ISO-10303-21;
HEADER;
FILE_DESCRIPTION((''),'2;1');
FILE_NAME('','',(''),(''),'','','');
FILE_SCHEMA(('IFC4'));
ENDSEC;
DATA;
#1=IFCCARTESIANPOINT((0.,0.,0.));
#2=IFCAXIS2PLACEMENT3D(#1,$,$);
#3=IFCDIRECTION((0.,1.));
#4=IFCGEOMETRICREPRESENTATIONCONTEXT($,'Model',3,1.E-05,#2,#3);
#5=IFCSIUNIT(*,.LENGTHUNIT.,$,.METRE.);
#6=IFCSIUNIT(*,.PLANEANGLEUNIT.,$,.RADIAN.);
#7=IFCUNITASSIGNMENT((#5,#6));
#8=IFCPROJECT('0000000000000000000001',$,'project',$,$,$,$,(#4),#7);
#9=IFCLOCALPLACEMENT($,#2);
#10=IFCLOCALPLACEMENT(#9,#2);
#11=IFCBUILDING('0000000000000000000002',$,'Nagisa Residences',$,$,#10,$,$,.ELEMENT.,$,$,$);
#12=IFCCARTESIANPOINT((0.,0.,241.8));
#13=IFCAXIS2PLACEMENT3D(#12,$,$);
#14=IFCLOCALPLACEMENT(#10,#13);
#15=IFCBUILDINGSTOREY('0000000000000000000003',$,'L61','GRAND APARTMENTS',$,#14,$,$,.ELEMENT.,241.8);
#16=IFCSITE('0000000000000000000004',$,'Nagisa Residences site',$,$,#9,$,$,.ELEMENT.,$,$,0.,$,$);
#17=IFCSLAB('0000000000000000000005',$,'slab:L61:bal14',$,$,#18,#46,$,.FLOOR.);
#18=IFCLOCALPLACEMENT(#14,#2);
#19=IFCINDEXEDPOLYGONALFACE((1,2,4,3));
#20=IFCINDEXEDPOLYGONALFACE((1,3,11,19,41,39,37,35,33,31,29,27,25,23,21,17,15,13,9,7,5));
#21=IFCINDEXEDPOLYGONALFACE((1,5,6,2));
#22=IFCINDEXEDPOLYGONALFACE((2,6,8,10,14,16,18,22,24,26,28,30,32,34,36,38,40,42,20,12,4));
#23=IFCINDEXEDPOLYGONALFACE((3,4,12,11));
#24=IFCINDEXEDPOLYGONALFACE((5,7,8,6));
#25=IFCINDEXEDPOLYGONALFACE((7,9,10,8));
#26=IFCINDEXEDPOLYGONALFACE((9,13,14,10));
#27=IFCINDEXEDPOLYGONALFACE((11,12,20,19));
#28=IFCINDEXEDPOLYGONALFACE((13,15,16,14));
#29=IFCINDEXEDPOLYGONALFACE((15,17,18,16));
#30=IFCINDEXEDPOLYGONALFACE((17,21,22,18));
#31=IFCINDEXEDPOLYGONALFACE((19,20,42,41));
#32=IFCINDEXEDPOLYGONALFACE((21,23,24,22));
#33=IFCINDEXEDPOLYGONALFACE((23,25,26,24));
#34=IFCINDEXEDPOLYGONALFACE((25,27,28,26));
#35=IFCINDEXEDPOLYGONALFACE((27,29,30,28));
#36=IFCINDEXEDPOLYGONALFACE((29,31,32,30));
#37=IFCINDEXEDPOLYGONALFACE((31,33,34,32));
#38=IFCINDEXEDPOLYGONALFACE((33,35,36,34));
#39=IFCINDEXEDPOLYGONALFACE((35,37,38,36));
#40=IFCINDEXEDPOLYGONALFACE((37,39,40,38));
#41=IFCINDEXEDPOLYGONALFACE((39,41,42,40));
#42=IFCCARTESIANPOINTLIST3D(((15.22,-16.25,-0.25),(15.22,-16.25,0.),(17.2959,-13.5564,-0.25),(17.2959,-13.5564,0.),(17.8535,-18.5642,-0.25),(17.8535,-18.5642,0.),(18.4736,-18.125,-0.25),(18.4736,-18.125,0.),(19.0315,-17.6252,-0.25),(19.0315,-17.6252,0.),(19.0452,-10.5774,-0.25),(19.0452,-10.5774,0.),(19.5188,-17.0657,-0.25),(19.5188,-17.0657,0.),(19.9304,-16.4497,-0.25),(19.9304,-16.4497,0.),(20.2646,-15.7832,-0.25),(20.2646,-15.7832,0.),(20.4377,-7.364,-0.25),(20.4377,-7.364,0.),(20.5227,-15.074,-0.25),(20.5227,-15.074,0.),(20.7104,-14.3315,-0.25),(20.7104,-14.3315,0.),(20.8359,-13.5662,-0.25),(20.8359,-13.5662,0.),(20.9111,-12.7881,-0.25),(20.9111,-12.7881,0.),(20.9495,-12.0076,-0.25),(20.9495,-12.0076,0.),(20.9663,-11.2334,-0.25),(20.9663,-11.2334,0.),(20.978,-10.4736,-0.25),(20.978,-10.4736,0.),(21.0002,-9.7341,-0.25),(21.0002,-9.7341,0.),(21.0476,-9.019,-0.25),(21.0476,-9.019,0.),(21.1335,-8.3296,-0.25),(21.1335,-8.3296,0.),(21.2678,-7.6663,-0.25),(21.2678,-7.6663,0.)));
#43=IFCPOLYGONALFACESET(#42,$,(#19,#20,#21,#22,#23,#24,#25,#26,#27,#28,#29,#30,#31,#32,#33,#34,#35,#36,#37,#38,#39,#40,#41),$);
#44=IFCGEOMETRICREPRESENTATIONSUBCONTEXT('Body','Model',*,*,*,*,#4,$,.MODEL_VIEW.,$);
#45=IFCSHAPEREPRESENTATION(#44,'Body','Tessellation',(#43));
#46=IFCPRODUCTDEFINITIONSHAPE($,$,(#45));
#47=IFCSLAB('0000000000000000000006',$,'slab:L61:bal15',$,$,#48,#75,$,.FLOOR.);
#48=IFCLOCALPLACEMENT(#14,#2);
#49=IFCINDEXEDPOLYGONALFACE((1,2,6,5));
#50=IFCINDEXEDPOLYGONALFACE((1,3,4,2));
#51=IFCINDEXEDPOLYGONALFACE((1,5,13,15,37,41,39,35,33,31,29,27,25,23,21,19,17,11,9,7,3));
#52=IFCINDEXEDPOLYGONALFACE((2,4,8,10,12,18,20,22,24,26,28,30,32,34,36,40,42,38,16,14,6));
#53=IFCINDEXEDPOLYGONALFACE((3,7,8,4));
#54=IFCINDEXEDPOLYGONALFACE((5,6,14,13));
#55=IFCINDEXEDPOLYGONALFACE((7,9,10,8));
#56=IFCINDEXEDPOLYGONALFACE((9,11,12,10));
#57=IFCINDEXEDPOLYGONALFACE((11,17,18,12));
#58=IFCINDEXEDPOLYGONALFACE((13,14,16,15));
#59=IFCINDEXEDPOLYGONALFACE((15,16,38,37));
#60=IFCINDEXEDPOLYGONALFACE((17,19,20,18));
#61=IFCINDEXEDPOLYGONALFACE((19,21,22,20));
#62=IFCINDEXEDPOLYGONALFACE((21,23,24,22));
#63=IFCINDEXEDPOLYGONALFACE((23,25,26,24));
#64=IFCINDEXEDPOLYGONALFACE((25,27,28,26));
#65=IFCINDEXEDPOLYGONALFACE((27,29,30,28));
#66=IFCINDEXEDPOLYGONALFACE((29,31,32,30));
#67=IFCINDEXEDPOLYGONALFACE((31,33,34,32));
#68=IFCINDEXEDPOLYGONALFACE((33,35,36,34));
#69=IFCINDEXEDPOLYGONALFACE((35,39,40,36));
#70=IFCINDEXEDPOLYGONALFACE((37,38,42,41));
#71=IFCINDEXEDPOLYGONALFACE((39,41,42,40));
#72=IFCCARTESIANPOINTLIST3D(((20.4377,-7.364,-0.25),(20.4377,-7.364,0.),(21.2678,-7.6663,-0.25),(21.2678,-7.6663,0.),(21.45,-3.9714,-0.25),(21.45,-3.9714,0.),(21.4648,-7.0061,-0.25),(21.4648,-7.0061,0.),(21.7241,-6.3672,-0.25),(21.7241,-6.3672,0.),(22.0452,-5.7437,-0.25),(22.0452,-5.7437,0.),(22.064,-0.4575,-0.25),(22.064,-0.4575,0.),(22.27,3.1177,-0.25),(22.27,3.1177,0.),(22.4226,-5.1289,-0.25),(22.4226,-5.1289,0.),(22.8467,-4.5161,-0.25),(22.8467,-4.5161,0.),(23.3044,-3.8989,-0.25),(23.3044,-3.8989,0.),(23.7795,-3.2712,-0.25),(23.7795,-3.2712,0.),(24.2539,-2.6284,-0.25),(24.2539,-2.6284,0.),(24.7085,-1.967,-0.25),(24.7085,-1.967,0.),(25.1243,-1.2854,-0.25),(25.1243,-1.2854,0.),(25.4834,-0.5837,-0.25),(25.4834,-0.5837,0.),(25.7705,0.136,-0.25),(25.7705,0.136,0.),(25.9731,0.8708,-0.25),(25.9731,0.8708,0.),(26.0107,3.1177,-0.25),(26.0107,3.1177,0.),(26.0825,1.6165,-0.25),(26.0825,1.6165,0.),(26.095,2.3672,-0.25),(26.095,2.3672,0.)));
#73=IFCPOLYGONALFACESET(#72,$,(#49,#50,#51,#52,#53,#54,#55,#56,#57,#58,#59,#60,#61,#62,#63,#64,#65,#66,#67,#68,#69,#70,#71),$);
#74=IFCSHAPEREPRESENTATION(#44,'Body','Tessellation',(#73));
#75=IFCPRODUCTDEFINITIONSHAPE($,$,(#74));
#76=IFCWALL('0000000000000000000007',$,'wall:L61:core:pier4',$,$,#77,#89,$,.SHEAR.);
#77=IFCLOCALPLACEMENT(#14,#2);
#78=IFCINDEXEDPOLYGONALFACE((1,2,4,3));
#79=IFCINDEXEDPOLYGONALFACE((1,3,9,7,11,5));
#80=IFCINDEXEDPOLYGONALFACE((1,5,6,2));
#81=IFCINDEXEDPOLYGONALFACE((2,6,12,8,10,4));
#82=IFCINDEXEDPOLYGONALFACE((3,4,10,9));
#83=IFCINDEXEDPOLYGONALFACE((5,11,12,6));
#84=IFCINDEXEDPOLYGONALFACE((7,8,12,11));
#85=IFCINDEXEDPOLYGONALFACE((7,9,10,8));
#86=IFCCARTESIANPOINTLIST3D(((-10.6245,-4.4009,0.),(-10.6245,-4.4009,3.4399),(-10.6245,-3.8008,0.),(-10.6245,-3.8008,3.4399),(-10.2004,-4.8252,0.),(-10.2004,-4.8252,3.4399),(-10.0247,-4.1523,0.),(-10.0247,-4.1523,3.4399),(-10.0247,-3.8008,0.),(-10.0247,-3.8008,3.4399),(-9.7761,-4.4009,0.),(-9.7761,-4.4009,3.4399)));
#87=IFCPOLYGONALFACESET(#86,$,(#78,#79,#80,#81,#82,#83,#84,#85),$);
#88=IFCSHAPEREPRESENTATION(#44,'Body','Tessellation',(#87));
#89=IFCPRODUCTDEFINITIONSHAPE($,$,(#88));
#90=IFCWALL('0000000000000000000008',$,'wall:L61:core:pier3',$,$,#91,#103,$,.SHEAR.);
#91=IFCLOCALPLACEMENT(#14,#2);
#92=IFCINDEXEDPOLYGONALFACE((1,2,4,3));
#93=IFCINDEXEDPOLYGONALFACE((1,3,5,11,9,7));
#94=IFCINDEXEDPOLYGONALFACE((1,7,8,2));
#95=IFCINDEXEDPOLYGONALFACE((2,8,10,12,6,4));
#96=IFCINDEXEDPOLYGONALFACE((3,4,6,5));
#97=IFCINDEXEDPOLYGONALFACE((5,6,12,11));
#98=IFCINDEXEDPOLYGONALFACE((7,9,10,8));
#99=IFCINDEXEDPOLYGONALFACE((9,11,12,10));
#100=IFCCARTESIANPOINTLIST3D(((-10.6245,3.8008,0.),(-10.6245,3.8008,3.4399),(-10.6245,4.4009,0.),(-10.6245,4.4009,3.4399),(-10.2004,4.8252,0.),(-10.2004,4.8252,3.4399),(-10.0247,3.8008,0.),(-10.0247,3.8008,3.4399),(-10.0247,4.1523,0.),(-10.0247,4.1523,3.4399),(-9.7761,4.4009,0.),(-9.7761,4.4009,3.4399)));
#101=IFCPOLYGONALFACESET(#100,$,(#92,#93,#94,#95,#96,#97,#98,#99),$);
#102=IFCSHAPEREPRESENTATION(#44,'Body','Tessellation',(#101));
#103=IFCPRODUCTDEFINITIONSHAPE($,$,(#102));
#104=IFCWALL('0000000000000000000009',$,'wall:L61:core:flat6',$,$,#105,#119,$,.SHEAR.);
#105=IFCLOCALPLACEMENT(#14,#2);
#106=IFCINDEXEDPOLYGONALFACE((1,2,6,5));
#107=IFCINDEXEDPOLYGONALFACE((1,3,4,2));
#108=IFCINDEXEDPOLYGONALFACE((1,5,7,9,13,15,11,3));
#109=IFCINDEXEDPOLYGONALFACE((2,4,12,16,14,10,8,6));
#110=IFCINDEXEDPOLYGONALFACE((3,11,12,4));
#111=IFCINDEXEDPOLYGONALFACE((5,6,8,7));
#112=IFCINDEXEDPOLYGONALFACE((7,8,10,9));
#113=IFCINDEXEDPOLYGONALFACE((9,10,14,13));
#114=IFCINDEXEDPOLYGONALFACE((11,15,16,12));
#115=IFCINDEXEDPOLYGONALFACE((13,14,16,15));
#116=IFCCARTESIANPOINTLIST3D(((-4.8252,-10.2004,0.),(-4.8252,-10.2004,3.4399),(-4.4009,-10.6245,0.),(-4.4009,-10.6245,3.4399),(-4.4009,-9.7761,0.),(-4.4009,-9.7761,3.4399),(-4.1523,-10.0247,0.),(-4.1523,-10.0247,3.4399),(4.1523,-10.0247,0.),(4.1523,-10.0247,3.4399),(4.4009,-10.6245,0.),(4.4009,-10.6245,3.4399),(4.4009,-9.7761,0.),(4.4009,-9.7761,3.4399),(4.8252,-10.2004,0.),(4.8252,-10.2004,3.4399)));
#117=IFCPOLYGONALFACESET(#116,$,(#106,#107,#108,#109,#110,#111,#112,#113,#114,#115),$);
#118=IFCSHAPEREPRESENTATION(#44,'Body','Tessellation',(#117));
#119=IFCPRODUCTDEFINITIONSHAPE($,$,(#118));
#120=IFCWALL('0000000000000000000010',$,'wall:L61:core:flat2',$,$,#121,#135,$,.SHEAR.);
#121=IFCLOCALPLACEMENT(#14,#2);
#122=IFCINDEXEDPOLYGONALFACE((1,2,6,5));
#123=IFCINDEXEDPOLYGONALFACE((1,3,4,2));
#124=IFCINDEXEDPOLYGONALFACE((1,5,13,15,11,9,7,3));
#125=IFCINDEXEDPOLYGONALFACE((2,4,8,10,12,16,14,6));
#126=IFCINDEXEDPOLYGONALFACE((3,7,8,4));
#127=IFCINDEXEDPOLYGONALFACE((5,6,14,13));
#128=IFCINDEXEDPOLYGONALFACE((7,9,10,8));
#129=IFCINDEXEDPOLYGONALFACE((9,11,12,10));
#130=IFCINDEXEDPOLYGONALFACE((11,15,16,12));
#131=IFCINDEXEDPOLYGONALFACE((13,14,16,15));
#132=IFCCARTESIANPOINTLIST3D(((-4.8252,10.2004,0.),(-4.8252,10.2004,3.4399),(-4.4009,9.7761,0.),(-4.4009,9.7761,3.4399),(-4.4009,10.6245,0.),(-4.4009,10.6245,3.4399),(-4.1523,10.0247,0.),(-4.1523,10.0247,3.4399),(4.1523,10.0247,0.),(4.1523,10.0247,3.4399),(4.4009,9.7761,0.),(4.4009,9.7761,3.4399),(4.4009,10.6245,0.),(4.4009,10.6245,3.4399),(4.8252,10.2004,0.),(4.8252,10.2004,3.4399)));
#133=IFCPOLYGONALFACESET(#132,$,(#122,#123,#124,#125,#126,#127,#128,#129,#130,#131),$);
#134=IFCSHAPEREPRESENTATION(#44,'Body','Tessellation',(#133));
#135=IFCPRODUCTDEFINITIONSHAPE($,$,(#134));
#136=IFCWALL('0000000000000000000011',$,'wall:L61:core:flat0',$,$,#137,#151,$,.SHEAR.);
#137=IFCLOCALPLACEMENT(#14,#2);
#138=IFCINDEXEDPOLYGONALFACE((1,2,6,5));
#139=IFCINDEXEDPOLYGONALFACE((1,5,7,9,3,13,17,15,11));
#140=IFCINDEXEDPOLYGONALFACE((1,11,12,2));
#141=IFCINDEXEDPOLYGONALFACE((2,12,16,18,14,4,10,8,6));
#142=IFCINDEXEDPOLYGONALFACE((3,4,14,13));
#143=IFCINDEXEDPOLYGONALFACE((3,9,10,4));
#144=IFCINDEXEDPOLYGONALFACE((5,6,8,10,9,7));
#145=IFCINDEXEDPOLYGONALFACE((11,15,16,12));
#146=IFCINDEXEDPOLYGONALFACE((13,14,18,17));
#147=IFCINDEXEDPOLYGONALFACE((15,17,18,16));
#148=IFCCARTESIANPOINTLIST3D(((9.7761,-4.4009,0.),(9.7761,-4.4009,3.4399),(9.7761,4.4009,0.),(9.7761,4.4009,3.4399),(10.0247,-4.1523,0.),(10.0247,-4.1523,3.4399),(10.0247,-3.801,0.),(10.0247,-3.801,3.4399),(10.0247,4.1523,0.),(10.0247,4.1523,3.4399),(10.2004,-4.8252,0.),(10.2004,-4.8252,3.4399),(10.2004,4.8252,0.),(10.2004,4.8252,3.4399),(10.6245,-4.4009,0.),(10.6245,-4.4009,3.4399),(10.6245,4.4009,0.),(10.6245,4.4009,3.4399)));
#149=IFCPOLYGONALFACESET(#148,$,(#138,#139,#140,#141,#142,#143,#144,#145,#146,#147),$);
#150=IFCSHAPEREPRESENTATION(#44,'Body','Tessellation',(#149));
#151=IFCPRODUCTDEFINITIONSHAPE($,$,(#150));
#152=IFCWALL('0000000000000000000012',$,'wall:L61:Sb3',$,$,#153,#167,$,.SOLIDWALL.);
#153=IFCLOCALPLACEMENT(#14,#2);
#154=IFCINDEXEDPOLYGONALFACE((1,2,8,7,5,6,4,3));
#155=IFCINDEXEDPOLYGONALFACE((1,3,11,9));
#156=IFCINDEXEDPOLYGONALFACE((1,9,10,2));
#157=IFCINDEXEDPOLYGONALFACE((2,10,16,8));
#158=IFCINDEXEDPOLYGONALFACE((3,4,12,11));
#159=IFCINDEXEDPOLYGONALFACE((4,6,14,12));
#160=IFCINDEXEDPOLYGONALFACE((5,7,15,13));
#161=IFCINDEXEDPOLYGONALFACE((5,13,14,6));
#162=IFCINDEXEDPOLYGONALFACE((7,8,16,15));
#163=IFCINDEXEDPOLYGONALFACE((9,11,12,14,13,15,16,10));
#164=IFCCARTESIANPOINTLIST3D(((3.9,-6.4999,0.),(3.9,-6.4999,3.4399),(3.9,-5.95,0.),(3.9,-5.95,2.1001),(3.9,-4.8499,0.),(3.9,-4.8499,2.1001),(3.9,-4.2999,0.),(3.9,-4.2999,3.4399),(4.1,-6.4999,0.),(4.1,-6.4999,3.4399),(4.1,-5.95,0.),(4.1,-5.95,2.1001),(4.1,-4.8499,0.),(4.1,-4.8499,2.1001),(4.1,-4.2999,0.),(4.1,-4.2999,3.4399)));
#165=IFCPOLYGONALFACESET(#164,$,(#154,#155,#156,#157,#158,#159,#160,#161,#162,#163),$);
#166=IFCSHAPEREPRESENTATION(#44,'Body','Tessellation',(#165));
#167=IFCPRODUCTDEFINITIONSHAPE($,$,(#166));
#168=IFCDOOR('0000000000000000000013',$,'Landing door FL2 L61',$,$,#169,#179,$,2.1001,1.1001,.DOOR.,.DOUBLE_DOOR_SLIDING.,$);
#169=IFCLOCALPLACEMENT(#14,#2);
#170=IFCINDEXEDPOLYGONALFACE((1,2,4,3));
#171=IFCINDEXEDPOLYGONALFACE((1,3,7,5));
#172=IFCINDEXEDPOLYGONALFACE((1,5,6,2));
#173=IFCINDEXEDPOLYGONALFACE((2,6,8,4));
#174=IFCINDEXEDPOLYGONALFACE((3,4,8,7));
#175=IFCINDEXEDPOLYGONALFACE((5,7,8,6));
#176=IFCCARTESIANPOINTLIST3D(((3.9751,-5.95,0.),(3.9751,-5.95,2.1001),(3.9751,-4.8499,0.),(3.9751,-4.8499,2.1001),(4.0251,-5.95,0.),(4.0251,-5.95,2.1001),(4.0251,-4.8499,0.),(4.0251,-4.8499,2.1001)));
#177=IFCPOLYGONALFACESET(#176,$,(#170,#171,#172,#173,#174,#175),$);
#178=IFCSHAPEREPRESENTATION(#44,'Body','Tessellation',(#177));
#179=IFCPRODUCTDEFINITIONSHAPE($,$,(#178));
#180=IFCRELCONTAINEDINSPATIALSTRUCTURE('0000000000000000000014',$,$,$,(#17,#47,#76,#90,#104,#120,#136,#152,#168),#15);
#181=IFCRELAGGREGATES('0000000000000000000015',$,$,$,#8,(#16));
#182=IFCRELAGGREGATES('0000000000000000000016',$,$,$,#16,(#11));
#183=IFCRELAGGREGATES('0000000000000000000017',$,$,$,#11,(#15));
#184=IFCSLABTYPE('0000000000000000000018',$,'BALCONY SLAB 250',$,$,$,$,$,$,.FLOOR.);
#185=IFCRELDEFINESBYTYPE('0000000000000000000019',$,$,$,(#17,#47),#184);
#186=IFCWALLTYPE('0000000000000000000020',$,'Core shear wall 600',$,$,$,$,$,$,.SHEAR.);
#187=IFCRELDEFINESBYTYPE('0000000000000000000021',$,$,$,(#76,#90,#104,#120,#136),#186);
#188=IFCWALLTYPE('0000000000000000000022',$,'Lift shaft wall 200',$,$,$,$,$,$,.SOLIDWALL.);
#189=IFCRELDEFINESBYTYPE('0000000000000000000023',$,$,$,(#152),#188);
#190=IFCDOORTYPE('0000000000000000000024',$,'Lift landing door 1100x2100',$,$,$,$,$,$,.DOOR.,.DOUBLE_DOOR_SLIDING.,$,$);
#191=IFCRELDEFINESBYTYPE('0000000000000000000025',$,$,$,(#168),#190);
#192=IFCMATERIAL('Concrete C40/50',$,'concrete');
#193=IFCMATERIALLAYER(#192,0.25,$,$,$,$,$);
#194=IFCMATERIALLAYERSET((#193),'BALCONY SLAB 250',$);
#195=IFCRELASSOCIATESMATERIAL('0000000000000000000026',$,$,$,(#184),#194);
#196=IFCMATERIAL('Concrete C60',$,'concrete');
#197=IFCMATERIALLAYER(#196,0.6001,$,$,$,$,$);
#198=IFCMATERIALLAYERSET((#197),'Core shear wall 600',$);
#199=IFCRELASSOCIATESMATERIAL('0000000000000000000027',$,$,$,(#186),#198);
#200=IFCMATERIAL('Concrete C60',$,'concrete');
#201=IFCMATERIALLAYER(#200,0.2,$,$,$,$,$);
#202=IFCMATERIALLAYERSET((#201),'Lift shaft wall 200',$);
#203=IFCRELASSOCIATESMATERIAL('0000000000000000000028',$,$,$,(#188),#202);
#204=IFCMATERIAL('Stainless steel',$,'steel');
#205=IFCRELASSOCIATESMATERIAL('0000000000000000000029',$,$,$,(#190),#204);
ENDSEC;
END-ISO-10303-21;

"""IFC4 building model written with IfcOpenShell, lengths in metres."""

from ifc_helpers import new_model, si_unit, direction, frame, frame_2d, origin, place, context, subcontext, project, spatial, polyline, rectangle, outline, extrude, material, layer, layer_set, type_object, element, fill, save


model = new_model("IFC4")

# Units and contexts
model_context = context("Model", 3, precision=1e-05, world=origin(), true_north=direction((0.0, 1.0)))
body_context = subcontext(model_context, "Body", "Model", "MODEL_VIEW")
ifc_project = project(units=[si_unit("LENGTHUNIT", "METRE"), si_unit("PLANEANGLEUNIT", "RADIAN")], contexts=[model_context])

# Site, building, storey
site_placement = place(None, origin())
site = spatial("IfcSite", under=ifc_project, at=site_placement, Name="Nagisa Residences site", CompositionType="ELEMENT", RefElevation=0.0)
building_placement = place(site_placement, origin())
building = spatial("IfcBuilding", under=site, at=building_placement, Name="Nagisa Residences", CompositionType="ELEMENT")
storey_placement = place(building_placement, frame((0.0, 0.0, 241.8)))
storey = spatial("IfcBuildingStorey", under=building, at=storey_placement, Name="L61", Description="GRAND APARTMENTS", CompositionType="ELEMENT", Elevation=241.8)

# Slabs
ifc_material_1 = material(Name="Concrete C40/50", Category="concrete")
ifc_layer_1 = layer(ifc_material_1, 0.25)
ifc_layer_set_1 = layer_set([ifc_layer_1], Name="BALCONY SLAB 250")
slab_type = type_object("IfcSlabType", Name="BALCONY SLAB 250", PredefinedType="FLOOR", material=ifc_layer_set_1)
slab_1_placement = place(storey_placement, frame((0.0, 0.0, -0.25)))
element("IfcSlab", 1, at=slab_1_placement, inside=storey, type_object=slab_type, Name="slab:L61:bal14", PredefinedType="FLOOR", context=body_context, shape_type="SweptSolid", body=[
    extrude(outline(polyline([(17.8535, -18.5642), (18.4736, -18.125), (19.0315, -17.6252), (19.5188, -17.0657), (19.9304, -16.4497), (20.2646, -15.7832), (20.5227, -15.074), (20.7104, -14.3315), (20.8359, -13.5662), (20.9111, -12.7881), (20.9495, -12.0076), (20.9663, -11.2334), (20.978, -10.4736), (21.0002, -9.7341), (21.0476, -9.019), (21.1335, -8.3296), (21.2678, -7.6663), (20.4377, -7.364), (19.0452, -10.5774), (17.2959, -13.5564), (15.22, -16.25), (17.8535, -18.5642)])), origin(), (0.0, 0.0, 1.0), 0.25),
])
slab_2_placement = place(storey_placement, frame((0.0, 0.0, -0.25)))
element("IfcSlab", 2, at=slab_2_placement, inside=storey, type_object=slab_type, Name="slab:L61:bal15", PredefinedType="FLOOR", context=body_context, shape_type="SweptSolid", body=[
    extrude(outline(polyline([(21.2678, -7.6663), (21.4648, -7.0061), (21.7241, -6.3672), (22.0452, -5.7437), (22.4226, -5.1289), (22.8467, -4.5161), (23.3044, -3.8989), (23.7795, -3.2712), (24.2539, -2.6284), (24.7085, -1.967), (25.1243, -1.2854), (25.4834, -0.5837), (25.7705, 0.136), (25.9731, 0.8708), (26.0825, 1.6165), (26.095, 2.3672), (26.0107, 3.1177), (22.27, 3.1177), (22.064, -0.4575), (21.45, -3.9714), (20.4377, -7.364), (21.2678, -7.6663)])), origin(), (0.0, 0.0, 1.0), 0.25),
])

# Walls
ifc_material_2 = material(Name="Concrete C60", Category="concrete")
ifc_layer_2 = layer(ifc_material_2, 0.6001)
ifc_layer_set_2 = layer_set([ifc_layer_2], Name="Core shear wall 600")
wall_type_1 = type_object("IfcWallType", Name="Core shear wall 600", PredefinedType="SHEAR", material=ifc_layer_set_2)
wall_1_placement = place(storey_placement, origin())
element("IfcWall", 3, at=wall_1_placement, inside=storey, type_object=wall_type_1, Name="wall:L61:core:pier4", PredefinedType="SHEAR", context=body_context, shape_type="SweptSolid", body=[
    extrude(outline(polyline([(-10.6245, -3.8008), (-10.0247, -3.8008), (-10.0247, -4.1523), (-9.7761, -4.4009), (-10.2004, -4.8252), (-10.6245, -4.4009), (-10.6245, -3.8008)])), origin(), (0.0, 0.0, 1.0), 3.4399),
])
wall_2_placement = place(storey_placement, origin())
element("IfcWall", 4, at=wall_2_placement, inside=storey, type_object=wall_type_1, Name="wall:L61:core:pier3", PredefinedType="SHEAR", context=body_context, shape_type="SweptSolid", body=[
    extrude(outline(polyline([(-10.2004, 4.8252), (-9.7761, 4.4009), (-10.0247, 4.1523), (-10.0247, 3.8008), (-10.6245, 3.8008), (-10.6245, 4.4009), (-10.2004, 4.8252)])), origin(), (0.0, 0.0, 1.0), 3.4399),
])
wall_3_placement = place(storey_placement, origin())
element("IfcWall", 5, at=wall_3_placement, inside=storey, type_object=wall_type_1, Name="wall:L61:core:flat6", PredefinedType="SHEAR", context=body_context, shape_type="SweptSolid", body=[
    extrude(outline(polyline([(-4.1523, -10.0247), (4.1523, -10.0247), (4.4009, -9.7761), (4.8252, -10.2004), (4.4009, -10.6245), (-4.4009, -10.6245), (-4.8252, -10.2004), (-4.4009, -9.7761), (-4.1523, -10.0247)])), origin(), (0.0, 0.0, 1.0), 3.4399),
])
wall_4_placement = place(storey_placement, origin())
element("IfcWall", 6, at=wall_4_placement, inside=storey, type_object=wall_type_1, Name="wall:L61:core:flat2", PredefinedType="SHEAR", context=body_context, shape_type="SweptSolid", body=[
    extrude(outline(polyline([(-4.1523, 10.0247), (-4.4009, 9.7761), (-4.8252, 10.2004), (-4.4009, 10.6245), (4.4009, 10.6245), (4.8252, 10.2004), (4.4009, 9.7761), (4.1523, 10.0247), (-4.1523, 10.0247)])), origin(), (0.0, 0.0, 1.0), 3.4399),
])
wall_5_placement = place(storey_placement, origin())
element("IfcWall", 7, at=wall_5_placement, inside=storey, type_object=wall_type_1, Name="wall:L61:core:flat0", PredefinedType="SHEAR", context=body_context, shape_type="SweptSolid", body=[
    extrude(outline(polyline([(9.7761, -4.4009), (10.0247, -4.1523), (10.0247, -3.801), (10.0247, 4.1523), (9.7761, 4.4009), (10.2004, 4.8252), (10.6245, 4.4009), (10.6245, -4.4009), (10.2004, -4.8252), (9.7761, -4.4009)])), origin(), (0.0, 0.0, 1.0), 3.4399),
])

# Wall, opening, door
ifc_material_3 = material(Name="Concrete C60", Category="concrete")
ifc_layer_3 = layer(ifc_material_3, 0.2)
ifc_layer_set_3 = layer_set([ifc_layer_3], Name="Lift shaft wall 200")
wall_type_2 = type_object("IfcWallType", Name="Lift shaft wall 200", PredefinedType="SOLIDWALL", material=ifc_layer_set_3)
wall_6_placement = place(storey_placement, frame((4.0, -6.5, 0.0), z_axis=(0.0, 0.0, 1.0), x_axis=(0.0, 1.0, 0.0)))
wall_6 = element("IfcWall", 8, at=wall_6_placement, inside=storey, type_object=wall_type_2, Name="wall:L61:Sb3", PredefinedType="SOLIDWALL", context=body_context, shape_type="SweptSolid", body=[
    extrude(rectangle(XDim=2.2, YDim=0.2, at=frame_2d((1.1001, 0.0))), origin(), (0.0, 0.0, 1.0), 3.4399),
])
opening_placement = place(wall_6_placement, frame((0.55, 0.0, 0.0)))
opening = element("IfcOpeningElement", 9, at=opening_placement, cuts=wall_6, PredefinedType="OPENING", context=body_context, shape_type="SweptSolid", body=[
    extrude(rectangle(XDim=1.1001, YDim=2.1001, at=frame_2d((0.55, 1.05))), frame((0.0, 0.1099, 0.0), z_axis=(0.0, -1.0, 0.0), x_axis=(1.0, 0.0, 0.0)), (0.0, 0.0, 1.0), 0.22),
])
ifc_material_4 = material(Name="Stainless steel", Category="steel")
door_type = type_object("IfcDoorType", Name="Lift landing door 1100x2100", OperationType="DOUBLE_DOOR_SLIDING", PredefinedType="DOOR", material=ifc_material_4)
door_placement = place(opening_placement, origin())
door = element("IfcDoor", 10, at=door_placement, inside=storey, type_object=door_type, Name="Landing door FL2 L61", OperationType="DOUBLE_DOOR_SLIDING", OverallHeight=2.1001, OverallWidth=1.1001, PredefinedType="DOOR", context=body_context, shape_type="SweptSolid", body=[
    extrude(rectangle(XDim=1.1001, YDim=2.1001, at=frame_2d((0.55, 1.05))), frame((0.0, 0.0249, 0.0), z_axis=(0.0, -1.0, 0.0), x_axis=(1.0, 0.0, 0.0)), (0.0, 0.0, 1.0), 0.05),
])
fill(opening, door)

save(model, "model.ifc")
